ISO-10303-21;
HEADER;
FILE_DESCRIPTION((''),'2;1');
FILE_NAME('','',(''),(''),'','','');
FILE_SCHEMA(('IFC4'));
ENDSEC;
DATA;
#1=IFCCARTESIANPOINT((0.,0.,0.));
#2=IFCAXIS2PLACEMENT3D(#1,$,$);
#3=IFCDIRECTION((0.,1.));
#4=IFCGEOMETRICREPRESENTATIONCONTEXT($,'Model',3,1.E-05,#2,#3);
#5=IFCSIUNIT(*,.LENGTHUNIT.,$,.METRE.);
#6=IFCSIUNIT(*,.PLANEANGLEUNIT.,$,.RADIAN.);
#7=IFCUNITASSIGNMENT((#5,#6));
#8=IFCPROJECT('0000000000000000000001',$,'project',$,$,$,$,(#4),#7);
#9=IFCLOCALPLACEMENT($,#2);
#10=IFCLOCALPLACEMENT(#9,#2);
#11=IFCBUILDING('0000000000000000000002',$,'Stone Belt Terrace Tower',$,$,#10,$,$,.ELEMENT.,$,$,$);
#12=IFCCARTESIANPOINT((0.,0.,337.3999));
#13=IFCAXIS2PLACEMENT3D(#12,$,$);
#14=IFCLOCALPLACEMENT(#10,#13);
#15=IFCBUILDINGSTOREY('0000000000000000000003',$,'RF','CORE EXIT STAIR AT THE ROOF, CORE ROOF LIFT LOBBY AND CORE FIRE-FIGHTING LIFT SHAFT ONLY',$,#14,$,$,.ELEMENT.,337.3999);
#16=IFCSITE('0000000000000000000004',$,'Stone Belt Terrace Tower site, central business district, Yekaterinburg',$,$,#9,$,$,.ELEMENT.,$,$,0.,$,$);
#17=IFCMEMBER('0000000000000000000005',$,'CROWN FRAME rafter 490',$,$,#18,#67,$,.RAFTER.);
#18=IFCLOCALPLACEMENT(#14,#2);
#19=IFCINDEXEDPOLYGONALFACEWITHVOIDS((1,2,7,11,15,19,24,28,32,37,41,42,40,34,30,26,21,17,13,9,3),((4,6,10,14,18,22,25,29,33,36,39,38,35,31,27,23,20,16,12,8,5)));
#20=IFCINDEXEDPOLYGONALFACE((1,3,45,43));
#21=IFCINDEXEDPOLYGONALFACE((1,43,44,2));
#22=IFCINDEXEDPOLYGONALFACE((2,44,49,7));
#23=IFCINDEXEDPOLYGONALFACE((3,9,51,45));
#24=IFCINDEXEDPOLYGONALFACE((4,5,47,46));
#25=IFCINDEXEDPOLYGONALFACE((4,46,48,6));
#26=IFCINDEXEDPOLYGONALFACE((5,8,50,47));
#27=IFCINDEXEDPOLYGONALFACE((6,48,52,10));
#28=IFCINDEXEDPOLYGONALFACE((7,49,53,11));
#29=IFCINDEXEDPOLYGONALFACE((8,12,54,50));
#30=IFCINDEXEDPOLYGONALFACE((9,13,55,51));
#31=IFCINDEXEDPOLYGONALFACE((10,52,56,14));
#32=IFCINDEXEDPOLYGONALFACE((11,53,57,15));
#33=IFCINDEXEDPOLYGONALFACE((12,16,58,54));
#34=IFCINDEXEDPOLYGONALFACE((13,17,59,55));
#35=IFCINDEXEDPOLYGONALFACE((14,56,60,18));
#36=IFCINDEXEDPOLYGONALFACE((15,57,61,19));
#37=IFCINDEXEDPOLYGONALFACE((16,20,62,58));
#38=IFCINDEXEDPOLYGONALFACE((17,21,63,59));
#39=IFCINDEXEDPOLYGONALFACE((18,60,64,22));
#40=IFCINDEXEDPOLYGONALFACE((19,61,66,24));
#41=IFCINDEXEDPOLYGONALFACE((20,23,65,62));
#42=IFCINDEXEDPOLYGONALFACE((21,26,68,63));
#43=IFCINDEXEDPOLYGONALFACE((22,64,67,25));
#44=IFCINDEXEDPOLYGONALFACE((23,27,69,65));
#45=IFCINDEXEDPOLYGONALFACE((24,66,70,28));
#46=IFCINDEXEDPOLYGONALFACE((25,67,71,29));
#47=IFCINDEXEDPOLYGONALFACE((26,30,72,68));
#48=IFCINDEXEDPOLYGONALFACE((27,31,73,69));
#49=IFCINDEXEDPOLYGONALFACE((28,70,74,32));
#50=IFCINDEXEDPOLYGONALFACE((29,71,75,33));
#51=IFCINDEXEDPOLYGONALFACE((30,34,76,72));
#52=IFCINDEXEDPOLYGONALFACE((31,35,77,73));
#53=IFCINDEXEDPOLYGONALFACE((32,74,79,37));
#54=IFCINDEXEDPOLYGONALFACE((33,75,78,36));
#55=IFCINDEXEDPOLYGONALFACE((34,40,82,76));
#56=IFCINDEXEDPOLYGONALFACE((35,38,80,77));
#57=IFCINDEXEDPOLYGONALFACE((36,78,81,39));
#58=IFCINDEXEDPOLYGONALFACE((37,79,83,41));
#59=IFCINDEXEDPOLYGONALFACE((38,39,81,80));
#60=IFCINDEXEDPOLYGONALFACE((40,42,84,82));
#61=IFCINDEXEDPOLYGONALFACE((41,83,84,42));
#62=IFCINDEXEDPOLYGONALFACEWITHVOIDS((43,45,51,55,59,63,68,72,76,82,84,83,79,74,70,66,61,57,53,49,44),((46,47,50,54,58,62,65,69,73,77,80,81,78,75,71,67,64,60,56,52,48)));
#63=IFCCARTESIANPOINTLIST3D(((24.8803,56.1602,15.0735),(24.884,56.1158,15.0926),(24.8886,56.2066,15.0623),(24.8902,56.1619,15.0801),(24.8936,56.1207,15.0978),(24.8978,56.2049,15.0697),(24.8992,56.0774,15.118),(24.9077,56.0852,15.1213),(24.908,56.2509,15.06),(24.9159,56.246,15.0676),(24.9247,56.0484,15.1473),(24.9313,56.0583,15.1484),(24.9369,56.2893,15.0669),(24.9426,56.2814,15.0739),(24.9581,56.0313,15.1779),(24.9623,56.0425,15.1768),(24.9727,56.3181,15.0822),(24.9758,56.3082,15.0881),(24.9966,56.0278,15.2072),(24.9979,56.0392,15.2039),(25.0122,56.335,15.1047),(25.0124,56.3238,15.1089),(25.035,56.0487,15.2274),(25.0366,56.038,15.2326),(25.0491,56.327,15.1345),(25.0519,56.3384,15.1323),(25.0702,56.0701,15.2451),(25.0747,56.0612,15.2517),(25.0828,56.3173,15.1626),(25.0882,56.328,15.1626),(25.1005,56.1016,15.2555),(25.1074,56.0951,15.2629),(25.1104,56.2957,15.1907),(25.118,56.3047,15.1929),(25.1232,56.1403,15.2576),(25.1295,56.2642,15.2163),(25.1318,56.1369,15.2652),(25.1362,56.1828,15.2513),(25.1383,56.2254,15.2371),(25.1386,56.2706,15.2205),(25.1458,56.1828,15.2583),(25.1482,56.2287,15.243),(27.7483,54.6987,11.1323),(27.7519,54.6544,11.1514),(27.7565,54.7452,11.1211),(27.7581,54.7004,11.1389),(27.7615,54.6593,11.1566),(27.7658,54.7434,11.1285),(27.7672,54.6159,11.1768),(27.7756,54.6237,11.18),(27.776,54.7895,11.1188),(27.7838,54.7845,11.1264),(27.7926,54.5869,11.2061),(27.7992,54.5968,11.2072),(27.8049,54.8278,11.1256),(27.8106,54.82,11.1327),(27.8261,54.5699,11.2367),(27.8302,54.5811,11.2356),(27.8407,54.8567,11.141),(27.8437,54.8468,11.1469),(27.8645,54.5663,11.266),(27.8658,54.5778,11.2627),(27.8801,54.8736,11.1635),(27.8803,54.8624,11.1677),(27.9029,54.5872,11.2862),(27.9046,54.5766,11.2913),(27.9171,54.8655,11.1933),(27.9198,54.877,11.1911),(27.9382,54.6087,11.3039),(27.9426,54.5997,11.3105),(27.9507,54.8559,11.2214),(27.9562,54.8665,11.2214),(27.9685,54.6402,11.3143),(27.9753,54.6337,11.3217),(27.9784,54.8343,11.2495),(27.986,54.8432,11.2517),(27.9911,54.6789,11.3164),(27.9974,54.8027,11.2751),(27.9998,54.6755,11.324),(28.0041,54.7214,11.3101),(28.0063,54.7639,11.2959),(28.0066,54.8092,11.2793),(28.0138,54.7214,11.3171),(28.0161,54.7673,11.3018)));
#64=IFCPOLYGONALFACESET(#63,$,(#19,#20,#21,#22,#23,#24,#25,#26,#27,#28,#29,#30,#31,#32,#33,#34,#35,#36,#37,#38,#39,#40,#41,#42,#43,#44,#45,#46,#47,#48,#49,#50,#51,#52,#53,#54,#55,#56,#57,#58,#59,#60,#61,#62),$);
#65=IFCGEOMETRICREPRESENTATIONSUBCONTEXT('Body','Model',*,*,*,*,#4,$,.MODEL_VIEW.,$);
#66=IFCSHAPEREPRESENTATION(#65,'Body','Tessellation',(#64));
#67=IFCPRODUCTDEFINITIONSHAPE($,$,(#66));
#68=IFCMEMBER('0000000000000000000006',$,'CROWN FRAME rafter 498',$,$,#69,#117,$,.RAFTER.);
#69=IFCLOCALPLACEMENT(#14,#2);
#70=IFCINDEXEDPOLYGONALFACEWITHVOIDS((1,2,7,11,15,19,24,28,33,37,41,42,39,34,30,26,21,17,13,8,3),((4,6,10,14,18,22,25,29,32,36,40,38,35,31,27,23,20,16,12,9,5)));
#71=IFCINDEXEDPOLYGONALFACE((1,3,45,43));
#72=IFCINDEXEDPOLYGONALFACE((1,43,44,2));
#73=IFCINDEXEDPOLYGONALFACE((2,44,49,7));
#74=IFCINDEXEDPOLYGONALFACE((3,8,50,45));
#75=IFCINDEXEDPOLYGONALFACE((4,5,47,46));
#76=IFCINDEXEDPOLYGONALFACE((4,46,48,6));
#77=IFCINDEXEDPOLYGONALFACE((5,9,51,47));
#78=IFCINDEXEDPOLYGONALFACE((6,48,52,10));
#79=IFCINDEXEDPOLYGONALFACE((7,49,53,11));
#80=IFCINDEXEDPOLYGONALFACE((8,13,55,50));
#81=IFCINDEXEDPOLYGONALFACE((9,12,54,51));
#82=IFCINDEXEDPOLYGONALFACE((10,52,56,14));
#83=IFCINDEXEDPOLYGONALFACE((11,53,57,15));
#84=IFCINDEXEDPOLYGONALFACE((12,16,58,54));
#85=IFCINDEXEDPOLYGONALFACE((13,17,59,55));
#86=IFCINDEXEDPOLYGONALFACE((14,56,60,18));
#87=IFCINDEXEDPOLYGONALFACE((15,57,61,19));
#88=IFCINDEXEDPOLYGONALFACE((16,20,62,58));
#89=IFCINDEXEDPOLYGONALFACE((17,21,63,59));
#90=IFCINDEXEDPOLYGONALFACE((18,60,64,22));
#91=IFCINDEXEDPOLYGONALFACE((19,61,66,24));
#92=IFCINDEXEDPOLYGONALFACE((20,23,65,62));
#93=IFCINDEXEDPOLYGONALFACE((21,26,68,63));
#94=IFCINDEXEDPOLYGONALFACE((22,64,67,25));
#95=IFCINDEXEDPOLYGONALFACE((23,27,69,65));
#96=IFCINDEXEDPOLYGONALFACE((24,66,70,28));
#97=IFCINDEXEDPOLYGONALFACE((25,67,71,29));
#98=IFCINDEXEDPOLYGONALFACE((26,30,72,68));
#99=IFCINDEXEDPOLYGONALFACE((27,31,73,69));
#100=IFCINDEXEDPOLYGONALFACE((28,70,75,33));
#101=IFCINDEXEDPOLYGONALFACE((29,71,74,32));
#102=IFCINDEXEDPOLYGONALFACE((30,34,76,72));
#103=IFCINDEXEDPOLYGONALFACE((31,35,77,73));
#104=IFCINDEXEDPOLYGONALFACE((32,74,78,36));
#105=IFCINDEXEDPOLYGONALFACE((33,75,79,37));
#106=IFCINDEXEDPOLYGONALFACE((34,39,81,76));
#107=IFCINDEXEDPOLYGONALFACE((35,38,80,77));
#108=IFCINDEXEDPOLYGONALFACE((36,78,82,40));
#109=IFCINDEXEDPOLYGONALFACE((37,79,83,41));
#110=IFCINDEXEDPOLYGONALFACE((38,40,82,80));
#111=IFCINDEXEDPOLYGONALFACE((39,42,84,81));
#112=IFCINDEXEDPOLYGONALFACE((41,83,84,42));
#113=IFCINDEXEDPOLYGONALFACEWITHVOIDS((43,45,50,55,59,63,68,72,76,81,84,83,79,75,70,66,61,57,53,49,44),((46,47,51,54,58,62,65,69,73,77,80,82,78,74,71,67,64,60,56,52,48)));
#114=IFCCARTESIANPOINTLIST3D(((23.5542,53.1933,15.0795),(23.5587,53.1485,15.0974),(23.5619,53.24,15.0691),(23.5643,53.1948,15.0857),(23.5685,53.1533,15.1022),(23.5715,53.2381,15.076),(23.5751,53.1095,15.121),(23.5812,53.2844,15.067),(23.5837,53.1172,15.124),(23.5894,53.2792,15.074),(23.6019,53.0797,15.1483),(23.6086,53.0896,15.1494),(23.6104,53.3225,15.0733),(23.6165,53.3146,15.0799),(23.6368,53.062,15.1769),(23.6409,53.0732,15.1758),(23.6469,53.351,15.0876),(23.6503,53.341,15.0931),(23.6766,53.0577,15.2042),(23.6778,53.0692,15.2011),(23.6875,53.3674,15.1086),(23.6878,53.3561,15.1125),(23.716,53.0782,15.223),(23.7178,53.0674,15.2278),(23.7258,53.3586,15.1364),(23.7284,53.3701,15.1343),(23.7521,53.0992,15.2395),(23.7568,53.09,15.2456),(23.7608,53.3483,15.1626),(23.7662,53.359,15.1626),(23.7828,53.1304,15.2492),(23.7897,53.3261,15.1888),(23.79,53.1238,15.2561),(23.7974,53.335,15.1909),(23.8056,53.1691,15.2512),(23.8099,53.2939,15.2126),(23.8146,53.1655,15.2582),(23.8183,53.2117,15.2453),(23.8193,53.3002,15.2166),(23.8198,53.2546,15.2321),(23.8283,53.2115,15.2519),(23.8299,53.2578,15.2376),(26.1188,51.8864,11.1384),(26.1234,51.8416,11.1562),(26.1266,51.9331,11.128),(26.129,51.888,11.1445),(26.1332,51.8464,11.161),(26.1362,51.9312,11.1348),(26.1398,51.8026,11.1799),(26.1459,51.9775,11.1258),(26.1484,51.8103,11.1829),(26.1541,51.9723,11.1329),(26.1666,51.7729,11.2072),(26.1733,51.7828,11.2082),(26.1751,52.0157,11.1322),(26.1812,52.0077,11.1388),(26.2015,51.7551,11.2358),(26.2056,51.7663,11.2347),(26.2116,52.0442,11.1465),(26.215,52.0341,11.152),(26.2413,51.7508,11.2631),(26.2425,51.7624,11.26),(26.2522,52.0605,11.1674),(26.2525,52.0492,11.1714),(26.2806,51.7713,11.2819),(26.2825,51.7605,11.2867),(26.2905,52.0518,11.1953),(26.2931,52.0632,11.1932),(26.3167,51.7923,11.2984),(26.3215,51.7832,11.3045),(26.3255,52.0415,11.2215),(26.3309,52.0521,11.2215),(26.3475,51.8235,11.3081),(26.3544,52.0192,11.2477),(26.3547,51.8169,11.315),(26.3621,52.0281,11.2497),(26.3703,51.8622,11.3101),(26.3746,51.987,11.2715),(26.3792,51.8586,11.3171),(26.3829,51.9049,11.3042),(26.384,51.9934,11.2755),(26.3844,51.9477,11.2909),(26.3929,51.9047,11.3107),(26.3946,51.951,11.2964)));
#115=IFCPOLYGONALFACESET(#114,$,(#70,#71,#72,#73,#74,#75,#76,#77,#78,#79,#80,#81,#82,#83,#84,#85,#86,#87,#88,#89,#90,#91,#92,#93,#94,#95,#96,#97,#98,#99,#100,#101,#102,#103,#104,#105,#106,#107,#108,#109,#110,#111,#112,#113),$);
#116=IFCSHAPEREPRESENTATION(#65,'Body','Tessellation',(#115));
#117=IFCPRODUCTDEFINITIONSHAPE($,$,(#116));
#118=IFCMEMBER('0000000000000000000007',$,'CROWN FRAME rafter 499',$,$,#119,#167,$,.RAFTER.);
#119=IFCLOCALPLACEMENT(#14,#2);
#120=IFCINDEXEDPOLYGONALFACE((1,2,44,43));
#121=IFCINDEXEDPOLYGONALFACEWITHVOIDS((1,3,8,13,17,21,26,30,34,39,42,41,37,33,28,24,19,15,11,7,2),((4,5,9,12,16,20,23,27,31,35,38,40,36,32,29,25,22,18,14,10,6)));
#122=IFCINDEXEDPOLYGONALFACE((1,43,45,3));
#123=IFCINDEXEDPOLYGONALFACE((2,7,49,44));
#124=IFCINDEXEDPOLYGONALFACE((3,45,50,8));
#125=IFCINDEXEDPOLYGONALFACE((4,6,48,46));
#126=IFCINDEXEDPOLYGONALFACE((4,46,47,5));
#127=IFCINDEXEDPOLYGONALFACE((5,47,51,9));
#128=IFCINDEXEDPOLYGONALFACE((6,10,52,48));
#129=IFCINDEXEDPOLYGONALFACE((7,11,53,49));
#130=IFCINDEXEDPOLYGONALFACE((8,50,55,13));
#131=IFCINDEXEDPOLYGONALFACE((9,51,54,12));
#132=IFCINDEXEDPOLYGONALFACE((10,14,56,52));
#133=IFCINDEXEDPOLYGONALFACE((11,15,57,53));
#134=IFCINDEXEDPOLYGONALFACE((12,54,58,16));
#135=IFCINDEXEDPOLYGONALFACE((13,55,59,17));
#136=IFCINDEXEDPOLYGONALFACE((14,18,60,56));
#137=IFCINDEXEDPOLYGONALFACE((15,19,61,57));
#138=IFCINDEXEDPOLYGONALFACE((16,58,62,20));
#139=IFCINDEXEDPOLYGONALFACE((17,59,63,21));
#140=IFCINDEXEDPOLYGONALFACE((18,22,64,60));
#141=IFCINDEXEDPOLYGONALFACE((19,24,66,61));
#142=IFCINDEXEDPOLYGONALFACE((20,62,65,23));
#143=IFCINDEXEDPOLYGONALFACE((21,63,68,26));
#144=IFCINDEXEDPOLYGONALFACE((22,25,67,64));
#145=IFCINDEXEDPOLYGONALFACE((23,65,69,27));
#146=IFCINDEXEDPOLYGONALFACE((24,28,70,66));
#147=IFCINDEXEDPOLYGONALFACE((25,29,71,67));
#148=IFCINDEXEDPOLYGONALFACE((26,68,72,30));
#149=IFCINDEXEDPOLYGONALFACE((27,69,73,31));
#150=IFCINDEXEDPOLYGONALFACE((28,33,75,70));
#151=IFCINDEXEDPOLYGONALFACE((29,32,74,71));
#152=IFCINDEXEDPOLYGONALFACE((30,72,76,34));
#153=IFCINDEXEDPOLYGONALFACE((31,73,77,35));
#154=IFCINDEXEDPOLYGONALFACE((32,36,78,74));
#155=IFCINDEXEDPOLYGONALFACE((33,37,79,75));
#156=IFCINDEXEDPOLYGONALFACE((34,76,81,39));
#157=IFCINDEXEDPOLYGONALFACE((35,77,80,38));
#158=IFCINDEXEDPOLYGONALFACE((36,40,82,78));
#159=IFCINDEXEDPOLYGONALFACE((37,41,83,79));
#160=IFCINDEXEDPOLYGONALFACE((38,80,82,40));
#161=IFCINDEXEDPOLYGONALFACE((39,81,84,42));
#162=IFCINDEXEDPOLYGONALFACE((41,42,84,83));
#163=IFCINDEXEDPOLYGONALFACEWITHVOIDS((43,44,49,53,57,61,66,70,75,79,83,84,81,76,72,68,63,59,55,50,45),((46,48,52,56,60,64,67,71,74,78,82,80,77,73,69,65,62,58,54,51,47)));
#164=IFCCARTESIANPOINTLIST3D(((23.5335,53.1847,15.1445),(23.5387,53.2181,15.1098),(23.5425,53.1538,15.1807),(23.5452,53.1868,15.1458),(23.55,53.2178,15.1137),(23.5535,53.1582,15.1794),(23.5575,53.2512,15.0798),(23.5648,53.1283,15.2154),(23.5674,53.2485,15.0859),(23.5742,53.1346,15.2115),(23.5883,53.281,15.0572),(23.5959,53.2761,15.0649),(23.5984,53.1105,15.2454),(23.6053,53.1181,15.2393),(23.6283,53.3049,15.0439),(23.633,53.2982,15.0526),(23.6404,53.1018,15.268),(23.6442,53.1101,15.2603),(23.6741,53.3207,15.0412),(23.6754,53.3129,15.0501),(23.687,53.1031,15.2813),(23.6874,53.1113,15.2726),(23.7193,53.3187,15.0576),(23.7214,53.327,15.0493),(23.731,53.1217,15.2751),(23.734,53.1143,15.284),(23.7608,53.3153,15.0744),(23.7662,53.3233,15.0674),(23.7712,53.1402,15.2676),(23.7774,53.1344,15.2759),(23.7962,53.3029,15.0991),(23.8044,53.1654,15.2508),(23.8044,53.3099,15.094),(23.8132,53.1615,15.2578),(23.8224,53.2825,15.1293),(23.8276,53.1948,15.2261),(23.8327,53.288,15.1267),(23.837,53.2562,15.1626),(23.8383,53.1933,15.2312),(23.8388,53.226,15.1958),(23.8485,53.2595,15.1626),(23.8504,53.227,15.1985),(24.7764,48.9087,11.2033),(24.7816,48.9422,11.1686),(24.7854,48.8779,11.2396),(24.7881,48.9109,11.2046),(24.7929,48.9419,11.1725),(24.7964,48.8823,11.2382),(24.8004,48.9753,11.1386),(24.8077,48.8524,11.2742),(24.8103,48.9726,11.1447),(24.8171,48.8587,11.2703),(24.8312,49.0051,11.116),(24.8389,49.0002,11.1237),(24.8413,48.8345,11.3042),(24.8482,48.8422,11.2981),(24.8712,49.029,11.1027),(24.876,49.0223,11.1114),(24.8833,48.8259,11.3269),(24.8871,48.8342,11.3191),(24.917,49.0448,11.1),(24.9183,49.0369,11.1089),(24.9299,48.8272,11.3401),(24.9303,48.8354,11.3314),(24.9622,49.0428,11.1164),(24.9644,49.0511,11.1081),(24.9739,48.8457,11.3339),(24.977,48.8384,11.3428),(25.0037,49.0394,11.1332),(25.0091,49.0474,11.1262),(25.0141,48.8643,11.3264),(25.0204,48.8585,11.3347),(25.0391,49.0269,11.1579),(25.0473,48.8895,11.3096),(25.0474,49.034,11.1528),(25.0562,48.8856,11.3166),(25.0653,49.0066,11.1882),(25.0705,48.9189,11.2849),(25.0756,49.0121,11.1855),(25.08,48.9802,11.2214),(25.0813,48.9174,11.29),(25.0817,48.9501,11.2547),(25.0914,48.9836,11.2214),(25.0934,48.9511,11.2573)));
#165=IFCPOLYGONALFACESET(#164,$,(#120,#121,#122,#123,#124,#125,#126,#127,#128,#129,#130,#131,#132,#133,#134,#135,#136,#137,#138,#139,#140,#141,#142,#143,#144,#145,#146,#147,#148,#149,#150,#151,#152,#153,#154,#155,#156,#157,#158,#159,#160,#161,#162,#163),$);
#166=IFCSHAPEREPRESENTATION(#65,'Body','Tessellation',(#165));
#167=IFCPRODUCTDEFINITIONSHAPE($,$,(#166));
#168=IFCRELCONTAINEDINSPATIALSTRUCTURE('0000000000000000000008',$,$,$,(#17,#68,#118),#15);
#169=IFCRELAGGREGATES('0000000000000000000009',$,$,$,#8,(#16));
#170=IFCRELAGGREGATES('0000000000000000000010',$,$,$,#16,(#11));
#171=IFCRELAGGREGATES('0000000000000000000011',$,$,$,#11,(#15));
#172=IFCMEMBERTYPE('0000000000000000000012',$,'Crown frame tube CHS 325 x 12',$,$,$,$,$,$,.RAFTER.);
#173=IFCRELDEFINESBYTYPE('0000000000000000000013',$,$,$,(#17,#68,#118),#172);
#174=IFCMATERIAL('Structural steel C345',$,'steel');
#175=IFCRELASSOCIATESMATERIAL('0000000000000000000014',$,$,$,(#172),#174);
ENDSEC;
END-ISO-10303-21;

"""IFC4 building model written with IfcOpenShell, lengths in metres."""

from ifc_helpers import new_model, si_unit, direction, frame, origin, origin_2d, place, context, subcontext, project, spatial, hollow_circle, extrude, material, material_profile, profile_set, type_object, element, save


model = new_model("IFC4")

# Units and contexts
model_context = context("Model", 3, precision=1e-05, world=origin(), true_north=direction((0.0, 1.0)))
body_context = subcontext(model_context, "Body", "Model", "MODEL_VIEW")
ifc_project = project(units=[si_unit("LENGTHUNIT", "METRE"), si_unit("PLANEANGLEUNIT", "RADIAN")], contexts=[model_context])

# Site, building, storey
site_placement = place(None, origin())
site = spatial("IfcSite", under=ifc_project, at=site_placement, Name="Stone Belt Terrace Tower site, central business district, Yekaterinburg", CompositionType="ELEMENT", RefElevation=0.0)
building_placement = place(site_placement, origin())
building = spatial("IfcBuilding", under=site, at=building_placement, Name="Stone Belt Terrace Tower", CompositionType="ELEMENT")
storey_placement = place(building_placement, frame((0.0, 0.0, 337.3999)))
storey = spatial("IfcBuildingStorey", under=building, at=storey_placement, Name="RF", Description="CORE EXIT STAIR AT THE ROOF, CORE ROOF LIFT LOBBY AND CORE FIRE-FIGHTING LIFT SHAFT ONLY", CompositionType="ELEMENT", Elevation=337.3999)

# Members
ifc_material_1 = material(Name="Structural steel C345", Category="steel")
ifc_material_profile_1 = material_profile(ifc_material_1, hollow_circle(Radius=0.1626, WallThickness=0.012, at=origin_2d()), Name="Structural steel C345 CHS 325x12")
ifc_profile_set_1 = profile_set([ifc_material_profile_1], Name="Structural steel C345")
member_type_1 = type_object("IfcMemberType", Name="Crown frame tube CHS 325 x 12", PredefinedType="RAFTER", material=ifc_profile_set_1)
member_1_placement = place(storey_placement, frame((25.0144, 56.1831, 15.1626), z_axis=(0.563601, -0.287198, -0.774514), x_axis=(0.454027, 0.890988, 0.0)))
element("IfcMember", 1, at=member_1_placement, inside=storey, type_object=member_type_1, Name="CROWN FRAME rafter 490", PredefinedType="RAFTER", context=body_context, shape_type="SweptSolid", body=[
    extrude(hollow_circle(Radius=0.1626, WallThickness=0.012, at=origin_2d()), origin(), (0.0, 0.0, 1.0), 5.0886),
])
member_2_placement = place(storey_placement, frame((23.6924, 53.2141, 15.1626), z_axis=(0.525509, -0.267782, -0.807548), x_axis=(0.45402, 0.890992, 0.0)))
element("IfcMember", 2, at=member_2_placement, inside=storey, type_object=member_type_1, Name="CROWN FRAME rafter 498", PredefinedType="RAFTER", context=body_context, shape_type="SweptSolid", body=[
    extrude(hollow_circle(Radius=0.1626, WallThickness=0.012, at=origin_2d()), origin(), (0.0, 0.0, 1.0), 4.8804),
])
member_3_placement = place(storey_placement, frame((23.6924, 53.2141, 15.1626), z_axis=(0.209017, -0.719059, -0.662771), x_axis=(0.960254, 0.279128, 0.0)))
element("IfcMember", 3, at=member_3_placement, inside=storey, type_object=member_type_1, Name="CROWN FRAME rafter 499", PredefinedType="RAFTER", context=body_context, shape_type="SweptSolid", body=[
    extrude(hollow_circle(Radius=0.1626, WallThickness=0.012, at=origin_2d()), origin(), (0.0, 0.0, 1.0), 5.9465),
])

save(model, "model.ifc")
